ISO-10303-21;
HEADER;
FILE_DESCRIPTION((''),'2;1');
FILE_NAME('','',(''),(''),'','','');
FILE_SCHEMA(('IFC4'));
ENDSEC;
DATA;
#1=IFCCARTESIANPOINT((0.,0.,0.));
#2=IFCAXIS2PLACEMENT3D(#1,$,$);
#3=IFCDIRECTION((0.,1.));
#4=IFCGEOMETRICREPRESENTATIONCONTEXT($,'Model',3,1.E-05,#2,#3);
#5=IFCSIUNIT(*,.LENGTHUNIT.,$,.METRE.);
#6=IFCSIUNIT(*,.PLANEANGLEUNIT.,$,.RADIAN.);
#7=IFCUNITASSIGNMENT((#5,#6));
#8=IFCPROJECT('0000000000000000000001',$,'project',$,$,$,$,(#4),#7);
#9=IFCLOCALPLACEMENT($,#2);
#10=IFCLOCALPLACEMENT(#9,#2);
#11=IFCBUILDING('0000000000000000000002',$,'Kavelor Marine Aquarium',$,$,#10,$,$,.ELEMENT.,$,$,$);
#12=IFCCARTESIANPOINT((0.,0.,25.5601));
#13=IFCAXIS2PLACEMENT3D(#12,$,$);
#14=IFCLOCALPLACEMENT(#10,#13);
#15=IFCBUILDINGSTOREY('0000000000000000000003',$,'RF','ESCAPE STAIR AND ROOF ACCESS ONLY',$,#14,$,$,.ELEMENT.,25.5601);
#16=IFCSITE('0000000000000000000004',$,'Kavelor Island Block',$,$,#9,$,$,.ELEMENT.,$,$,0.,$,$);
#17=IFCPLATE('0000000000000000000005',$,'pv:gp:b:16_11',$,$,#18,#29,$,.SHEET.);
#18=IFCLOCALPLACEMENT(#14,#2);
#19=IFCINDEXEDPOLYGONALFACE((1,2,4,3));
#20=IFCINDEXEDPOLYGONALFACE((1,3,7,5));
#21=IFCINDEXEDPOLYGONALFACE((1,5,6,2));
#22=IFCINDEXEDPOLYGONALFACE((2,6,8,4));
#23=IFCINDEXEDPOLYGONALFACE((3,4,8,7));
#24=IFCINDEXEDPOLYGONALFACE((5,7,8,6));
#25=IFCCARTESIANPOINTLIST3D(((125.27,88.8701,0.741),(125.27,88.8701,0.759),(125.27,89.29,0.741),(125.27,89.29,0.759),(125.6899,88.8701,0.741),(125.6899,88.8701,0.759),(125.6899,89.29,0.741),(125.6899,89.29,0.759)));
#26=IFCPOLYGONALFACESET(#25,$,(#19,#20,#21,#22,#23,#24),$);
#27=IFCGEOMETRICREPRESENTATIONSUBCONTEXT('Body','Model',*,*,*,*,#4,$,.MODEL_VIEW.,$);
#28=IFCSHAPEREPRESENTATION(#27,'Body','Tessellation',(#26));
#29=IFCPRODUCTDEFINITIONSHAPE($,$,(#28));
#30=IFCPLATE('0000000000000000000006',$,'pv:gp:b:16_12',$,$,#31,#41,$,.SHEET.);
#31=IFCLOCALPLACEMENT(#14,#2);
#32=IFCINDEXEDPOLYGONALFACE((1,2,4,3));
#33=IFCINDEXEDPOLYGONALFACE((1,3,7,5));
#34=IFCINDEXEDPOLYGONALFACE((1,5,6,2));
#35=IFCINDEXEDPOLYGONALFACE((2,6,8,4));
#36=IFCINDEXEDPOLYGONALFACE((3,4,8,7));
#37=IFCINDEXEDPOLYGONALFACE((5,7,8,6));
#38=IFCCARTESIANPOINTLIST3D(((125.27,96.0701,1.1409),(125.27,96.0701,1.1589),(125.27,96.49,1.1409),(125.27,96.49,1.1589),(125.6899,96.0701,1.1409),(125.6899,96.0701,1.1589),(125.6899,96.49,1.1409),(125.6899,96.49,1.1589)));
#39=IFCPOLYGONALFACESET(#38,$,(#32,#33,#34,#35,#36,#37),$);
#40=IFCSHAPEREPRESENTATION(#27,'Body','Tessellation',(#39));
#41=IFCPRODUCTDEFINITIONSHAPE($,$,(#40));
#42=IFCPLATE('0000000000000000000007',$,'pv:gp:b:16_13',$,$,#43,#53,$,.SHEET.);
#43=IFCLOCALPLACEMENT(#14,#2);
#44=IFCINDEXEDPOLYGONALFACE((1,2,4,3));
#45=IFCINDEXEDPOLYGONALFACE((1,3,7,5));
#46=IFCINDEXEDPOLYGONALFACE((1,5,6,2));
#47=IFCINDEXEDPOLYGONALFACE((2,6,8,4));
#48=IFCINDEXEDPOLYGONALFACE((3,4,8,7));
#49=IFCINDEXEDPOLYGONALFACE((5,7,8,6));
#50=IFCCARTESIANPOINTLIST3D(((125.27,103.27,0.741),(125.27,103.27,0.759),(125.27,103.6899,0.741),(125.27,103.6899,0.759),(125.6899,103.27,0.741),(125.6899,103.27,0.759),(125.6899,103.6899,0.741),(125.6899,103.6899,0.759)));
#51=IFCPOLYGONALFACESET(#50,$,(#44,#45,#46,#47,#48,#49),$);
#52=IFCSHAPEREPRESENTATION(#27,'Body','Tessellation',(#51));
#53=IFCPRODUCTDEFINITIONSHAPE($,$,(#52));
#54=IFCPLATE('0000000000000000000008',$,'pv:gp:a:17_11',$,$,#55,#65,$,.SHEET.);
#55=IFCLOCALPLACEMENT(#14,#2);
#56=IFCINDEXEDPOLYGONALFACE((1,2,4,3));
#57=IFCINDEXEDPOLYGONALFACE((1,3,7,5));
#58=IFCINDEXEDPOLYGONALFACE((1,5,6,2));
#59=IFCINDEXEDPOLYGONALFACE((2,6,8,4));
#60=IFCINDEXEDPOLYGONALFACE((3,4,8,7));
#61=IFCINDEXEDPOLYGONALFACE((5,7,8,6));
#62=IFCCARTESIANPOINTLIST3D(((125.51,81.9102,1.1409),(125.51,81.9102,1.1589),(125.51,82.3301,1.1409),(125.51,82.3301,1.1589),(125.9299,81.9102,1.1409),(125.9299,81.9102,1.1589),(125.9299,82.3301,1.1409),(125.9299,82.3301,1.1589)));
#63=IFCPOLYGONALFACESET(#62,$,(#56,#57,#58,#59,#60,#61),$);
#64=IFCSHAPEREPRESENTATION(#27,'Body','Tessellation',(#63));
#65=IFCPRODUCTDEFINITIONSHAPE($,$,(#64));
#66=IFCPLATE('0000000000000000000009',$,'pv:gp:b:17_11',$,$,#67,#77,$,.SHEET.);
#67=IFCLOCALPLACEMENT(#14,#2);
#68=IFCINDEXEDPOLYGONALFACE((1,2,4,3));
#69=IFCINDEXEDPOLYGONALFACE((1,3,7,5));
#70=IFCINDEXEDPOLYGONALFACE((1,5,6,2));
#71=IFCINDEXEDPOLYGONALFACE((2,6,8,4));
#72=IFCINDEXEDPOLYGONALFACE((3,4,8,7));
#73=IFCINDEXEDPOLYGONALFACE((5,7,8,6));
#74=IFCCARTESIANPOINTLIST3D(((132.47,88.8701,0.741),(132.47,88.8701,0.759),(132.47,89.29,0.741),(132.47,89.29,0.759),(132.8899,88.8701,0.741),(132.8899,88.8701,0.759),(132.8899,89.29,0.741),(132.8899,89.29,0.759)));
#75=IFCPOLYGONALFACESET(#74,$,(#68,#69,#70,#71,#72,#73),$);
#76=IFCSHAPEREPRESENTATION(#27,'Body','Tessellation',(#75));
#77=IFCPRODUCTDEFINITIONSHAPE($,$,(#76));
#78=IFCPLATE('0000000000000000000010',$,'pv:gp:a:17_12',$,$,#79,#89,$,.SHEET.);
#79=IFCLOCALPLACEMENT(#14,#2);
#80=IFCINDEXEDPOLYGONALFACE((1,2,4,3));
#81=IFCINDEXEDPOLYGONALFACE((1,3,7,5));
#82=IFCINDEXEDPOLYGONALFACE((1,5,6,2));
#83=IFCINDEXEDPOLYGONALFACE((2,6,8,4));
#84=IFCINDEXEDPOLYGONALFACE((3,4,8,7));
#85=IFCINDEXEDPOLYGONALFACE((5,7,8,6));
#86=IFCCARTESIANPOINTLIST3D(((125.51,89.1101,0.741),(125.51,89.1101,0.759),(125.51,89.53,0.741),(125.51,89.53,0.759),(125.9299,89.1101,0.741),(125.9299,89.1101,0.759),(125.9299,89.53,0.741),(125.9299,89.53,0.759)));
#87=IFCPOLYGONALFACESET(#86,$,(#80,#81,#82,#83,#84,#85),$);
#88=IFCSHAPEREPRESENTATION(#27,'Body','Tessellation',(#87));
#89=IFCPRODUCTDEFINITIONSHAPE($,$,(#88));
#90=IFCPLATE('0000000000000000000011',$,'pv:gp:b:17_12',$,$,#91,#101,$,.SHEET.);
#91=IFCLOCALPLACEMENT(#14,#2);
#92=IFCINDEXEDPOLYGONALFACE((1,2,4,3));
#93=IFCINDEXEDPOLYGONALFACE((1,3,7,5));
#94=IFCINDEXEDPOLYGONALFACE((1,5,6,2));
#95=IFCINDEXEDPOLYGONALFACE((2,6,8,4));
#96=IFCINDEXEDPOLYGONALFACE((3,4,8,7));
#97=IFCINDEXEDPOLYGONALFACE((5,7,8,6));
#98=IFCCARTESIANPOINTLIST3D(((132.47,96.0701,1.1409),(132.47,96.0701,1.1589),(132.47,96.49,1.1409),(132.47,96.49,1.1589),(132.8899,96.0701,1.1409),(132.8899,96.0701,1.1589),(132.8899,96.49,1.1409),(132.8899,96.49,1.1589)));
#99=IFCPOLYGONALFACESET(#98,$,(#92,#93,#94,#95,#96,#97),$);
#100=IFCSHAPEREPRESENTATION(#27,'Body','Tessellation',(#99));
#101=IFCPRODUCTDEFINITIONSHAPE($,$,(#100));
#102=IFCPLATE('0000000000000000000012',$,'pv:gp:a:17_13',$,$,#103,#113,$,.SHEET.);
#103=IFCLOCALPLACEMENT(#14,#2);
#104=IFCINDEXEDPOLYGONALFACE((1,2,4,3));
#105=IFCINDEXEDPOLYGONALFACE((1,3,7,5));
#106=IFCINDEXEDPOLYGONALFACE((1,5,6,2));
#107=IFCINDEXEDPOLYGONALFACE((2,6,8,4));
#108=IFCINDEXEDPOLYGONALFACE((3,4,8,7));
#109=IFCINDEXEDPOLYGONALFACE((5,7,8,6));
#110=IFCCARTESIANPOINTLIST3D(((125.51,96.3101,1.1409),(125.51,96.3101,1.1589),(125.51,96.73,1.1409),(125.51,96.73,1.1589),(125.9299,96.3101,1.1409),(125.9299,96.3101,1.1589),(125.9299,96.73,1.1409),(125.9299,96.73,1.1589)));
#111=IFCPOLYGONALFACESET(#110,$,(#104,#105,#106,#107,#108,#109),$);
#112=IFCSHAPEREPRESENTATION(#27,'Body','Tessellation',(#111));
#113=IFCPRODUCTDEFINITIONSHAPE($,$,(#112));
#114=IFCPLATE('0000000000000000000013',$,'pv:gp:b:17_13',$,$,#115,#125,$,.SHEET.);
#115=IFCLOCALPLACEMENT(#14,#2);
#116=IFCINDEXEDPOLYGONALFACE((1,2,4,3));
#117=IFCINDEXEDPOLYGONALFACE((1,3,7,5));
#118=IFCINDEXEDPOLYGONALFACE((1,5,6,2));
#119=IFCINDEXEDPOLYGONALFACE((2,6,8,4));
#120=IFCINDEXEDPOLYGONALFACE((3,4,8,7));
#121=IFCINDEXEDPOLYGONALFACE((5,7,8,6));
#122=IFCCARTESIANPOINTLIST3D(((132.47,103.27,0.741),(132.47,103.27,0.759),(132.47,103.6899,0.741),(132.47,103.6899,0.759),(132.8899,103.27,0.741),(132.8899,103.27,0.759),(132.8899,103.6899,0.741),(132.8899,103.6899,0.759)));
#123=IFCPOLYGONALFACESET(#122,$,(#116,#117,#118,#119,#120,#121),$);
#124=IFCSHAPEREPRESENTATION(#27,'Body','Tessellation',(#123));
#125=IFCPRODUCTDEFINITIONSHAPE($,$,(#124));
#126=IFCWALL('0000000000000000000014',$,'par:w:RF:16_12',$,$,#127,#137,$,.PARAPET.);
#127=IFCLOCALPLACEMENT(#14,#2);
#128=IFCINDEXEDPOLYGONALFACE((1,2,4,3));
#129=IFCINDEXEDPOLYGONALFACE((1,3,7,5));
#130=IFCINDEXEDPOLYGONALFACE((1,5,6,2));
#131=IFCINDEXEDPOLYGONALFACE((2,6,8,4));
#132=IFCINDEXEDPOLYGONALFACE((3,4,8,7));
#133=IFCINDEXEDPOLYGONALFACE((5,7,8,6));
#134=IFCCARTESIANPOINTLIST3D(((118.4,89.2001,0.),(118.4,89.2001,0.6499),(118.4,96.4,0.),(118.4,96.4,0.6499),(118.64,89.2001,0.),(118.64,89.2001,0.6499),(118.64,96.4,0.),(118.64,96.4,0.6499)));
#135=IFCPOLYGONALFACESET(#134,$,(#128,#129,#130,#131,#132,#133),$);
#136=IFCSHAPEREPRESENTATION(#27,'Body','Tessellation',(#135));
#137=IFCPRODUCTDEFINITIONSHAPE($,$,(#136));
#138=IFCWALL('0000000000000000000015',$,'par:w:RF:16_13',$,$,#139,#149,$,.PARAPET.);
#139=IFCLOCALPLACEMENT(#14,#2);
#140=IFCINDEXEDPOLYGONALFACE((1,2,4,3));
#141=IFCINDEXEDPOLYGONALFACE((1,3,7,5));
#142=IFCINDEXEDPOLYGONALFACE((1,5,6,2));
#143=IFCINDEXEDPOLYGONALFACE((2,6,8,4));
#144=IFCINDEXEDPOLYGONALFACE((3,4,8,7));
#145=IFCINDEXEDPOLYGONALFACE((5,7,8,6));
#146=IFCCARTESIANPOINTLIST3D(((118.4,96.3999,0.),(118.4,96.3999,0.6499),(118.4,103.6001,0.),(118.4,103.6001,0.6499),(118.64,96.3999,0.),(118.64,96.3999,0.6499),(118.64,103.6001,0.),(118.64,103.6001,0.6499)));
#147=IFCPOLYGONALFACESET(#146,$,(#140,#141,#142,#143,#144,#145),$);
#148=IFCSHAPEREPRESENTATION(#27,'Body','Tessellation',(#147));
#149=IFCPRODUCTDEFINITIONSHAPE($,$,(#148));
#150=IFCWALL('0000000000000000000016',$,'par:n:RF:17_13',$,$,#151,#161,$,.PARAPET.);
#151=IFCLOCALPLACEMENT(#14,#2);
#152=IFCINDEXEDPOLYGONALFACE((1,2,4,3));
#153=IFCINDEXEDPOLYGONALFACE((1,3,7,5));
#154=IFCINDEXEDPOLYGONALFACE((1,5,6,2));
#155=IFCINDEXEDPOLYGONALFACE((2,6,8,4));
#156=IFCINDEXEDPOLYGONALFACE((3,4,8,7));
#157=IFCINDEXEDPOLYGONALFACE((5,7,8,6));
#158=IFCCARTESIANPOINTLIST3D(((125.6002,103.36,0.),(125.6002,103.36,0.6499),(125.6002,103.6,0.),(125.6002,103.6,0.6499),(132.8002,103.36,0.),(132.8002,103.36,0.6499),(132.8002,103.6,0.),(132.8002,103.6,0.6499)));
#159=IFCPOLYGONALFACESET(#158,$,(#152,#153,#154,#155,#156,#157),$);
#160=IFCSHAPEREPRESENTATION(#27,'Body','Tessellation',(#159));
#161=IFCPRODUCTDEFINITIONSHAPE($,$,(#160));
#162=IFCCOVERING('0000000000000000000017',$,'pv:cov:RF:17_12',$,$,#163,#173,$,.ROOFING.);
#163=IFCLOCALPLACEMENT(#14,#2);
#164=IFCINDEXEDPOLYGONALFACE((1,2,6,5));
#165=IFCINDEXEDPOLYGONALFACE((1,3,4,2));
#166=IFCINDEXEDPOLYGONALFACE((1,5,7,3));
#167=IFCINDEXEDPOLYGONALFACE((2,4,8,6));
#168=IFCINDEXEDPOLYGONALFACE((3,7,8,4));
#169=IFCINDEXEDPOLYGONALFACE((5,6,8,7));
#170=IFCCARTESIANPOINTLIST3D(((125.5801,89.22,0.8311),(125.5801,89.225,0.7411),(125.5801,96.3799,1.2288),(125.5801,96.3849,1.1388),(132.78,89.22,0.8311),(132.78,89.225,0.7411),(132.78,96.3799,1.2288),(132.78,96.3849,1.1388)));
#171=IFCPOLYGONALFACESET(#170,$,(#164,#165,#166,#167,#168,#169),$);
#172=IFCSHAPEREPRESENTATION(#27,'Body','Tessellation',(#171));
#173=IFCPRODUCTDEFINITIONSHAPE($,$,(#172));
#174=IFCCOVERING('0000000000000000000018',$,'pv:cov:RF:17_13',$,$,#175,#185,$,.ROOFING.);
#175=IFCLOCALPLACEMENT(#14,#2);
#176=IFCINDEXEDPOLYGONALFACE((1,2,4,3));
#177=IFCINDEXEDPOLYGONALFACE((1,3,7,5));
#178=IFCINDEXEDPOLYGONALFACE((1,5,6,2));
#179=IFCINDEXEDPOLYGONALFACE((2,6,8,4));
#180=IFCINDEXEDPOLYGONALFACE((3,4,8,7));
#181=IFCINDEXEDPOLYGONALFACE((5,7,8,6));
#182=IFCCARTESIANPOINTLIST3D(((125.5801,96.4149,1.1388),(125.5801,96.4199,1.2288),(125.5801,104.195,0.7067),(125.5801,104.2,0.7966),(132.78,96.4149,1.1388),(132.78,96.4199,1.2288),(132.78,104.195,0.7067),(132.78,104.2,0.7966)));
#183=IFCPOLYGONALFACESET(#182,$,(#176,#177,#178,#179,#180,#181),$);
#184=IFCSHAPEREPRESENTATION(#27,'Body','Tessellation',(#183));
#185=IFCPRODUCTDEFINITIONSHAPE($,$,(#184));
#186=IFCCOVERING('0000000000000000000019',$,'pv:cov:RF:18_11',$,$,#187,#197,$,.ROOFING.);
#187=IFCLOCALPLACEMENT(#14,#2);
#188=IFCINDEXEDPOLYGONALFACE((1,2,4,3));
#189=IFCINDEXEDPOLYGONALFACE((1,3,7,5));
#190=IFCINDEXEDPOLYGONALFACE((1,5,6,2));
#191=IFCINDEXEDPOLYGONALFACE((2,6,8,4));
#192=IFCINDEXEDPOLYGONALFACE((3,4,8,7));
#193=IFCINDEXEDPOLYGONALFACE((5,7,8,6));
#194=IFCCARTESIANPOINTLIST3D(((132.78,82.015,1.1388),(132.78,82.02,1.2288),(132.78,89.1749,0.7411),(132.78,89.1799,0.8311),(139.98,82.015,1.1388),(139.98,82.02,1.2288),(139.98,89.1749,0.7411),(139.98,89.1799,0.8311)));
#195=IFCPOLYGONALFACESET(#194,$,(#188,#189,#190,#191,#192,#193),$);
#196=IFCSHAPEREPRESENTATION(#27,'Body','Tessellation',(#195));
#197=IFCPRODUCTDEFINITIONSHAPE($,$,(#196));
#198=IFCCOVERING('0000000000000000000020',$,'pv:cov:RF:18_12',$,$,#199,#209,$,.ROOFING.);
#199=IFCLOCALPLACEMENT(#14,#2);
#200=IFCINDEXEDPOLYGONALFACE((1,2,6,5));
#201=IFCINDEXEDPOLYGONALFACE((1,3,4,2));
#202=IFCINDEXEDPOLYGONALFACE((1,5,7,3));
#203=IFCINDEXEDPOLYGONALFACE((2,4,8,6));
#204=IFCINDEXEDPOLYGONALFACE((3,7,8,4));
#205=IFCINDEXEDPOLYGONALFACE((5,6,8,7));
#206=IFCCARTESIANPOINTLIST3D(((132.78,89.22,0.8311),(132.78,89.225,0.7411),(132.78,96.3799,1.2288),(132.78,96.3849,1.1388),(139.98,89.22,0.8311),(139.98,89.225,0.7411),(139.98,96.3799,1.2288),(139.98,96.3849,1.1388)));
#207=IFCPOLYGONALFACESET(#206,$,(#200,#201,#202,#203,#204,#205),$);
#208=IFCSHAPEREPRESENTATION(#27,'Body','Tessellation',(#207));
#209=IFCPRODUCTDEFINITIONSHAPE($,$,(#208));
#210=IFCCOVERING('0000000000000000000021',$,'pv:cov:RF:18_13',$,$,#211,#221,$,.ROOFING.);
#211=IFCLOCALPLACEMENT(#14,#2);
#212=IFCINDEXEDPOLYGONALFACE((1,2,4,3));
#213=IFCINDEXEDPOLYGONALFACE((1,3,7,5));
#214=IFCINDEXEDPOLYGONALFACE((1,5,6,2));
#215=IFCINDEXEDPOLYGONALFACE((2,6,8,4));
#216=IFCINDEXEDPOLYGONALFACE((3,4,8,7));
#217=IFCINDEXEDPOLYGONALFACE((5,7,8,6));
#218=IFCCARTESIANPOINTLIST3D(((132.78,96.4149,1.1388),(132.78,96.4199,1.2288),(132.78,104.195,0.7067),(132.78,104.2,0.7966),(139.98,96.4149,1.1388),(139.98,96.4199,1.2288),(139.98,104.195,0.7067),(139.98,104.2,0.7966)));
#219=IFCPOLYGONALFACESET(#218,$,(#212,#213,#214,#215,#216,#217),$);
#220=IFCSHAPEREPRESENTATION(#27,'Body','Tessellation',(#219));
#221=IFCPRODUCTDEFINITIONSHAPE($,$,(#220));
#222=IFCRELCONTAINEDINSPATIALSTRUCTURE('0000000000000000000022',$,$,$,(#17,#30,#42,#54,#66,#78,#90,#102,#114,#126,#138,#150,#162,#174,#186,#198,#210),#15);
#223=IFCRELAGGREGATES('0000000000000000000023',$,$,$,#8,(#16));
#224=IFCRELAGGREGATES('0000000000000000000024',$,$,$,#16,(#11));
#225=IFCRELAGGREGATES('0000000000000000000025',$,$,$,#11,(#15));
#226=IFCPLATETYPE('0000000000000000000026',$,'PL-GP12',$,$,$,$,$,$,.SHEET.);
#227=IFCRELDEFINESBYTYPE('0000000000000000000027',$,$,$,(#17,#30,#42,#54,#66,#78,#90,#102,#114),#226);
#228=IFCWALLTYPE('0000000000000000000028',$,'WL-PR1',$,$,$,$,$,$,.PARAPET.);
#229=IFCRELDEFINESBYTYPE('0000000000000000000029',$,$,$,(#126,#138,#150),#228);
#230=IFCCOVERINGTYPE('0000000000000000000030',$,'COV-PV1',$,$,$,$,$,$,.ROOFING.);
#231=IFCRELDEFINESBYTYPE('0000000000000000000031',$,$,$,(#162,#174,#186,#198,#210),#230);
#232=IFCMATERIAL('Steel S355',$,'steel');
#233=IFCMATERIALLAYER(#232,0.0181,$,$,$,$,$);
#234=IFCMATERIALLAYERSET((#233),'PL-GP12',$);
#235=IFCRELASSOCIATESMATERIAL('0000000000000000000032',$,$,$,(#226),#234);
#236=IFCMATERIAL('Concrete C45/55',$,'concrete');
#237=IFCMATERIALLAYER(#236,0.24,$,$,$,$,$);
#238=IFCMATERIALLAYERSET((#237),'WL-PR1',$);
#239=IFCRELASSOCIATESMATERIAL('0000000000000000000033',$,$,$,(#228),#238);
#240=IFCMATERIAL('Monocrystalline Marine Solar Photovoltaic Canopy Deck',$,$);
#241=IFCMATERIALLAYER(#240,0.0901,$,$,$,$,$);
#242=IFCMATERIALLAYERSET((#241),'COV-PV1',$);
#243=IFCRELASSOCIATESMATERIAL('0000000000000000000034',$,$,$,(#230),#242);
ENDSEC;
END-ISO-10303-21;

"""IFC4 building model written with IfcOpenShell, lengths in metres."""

from ifc_helpers import new_model, si_unit, direction, frame, frame_2d, origin, origin_2d, place, context, subcontext, project, spatial, polyline, rectangle, outline, extrude, material, layer, layer_set, type_object, element, save


model = new_model("IFC4")

# Units and contexts
model_context = context("Model", 3, precision=1e-05, world=origin(), true_north=direction((0.0, 1.0)))
body_context = subcontext(model_context, "Body", "Model", "MODEL_VIEW")
ifc_project = project(units=[si_unit("LENGTHUNIT", "METRE"), si_unit("PLANEANGLEUNIT", "RADIAN")], contexts=[model_context])

# Site, building, storey
site_placement = place(None, origin())
site = spatial("IfcSite", under=ifc_project, at=site_placement, Name="Kavelor Island Block", CompositionType="ELEMENT", RefElevation=0.0)
building_placement = place(site_placement, origin())
building = spatial("IfcBuilding", under=site, at=building_placement, Name="Kavelor Marine Aquarium", CompositionType="ELEMENT")
storey_placement = place(building_placement, frame((0.0, 0.0, 25.5601)))
storey = spatial("IfcBuildingStorey", under=building, at=storey_placement, Name="RF", Description="ESCAPE STAIR AND ROOF ACCESS ONLY", CompositionType="ELEMENT", Elevation=25.5601)

# Plates
ifc_material_1 = material(Name="Steel S355", Category="steel")
ifc_layer_1 = layer(ifc_material_1, 0.0181)
ifc_layer_set_1 = layer_set([ifc_layer_1], Name="PL-GP12")
plate_type = type_object("IfcPlateType", Name="PL-GP12", PredefinedType="SHEET", material=ifc_layer_set_1)
for number, where, z_axis, x_axis, name in (
    (1, (125.48, 89.0801, 0.741), (0.0, 0.0, 1.0), (1.0, 0.0, 0.0), "pv:gp:b:16_11"),
    (2, (125.48, 96.28, 1.1409), (0.0, 0.0, 1.0), (1.0, 0.0, 0.0), "pv:gp:b:16_12"),
    (3, (125.48, 103.48, 0.741), (0.0, 0.0, 1.0), (1.0, 0.0, 0.0), "pv:gp:b:16_13"),
    (4, (125.72, 82.1201, 1.1409), (0.0, 0.0, 1.0), (1.0, 0.0, 0.0), "pv:gp:a:17_11"),
    (5, (132.6799, 89.0801, 0.741), (0.0, 0.0, 1.0), (1.0, 0.0, 0.0), "pv:gp:b:17_11"),
    (6, (125.72, 89.3201, 0.741), (0.0, 0.0, 1.0), (1.0, 0.0, 0.0), "pv:gp:a:17_12"),
    (7, (132.6799, 96.28, 1.1409), (0.0, 0.0, 1.0), (1.0, 0.0, 0.0), "pv:gp:b:17_12"),
    (8, (125.72, 96.52, 1.1409), (0.0, 0.0, 1.0), (1.0, 0.0, 0.0), "pv:gp:a:17_13"),
    (9, (132.6799, 103.48, 0.741), (0.0, 0.0, 1.0), (1.0, 0.0, 0.0), "pv:gp:b:17_13"),
):
    element("IfcPlate", number, at=place(storey_placement, frame(where, z_axis=z_axis, x_axis=x_axis)), inside=storey, type_object=plate_type, Name=name, PredefinedType="SHEET", context=body_context, shape_type="SweptSolid", body=[
        extrude(rectangle(XDim=0.4199, YDim=0.4199, at=origin_2d()), origin(), (0.0, 0.0, 1.0), 0.0181),
    ])

# Walls
ifc_material_2 = material(Name="Concrete C45/55", Category="concrete")
ifc_layer_2 = layer(ifc_material_2, 0.24)
ifc_layer_set_2 = layer_set([ifc_layer_2], Name="WL-PR1")
wall_type = type_object("IfcWallType", Name="WL-PR1", PredefinedType="PARAPET", material=ifc_layer_set_2)
wall_1_placement = place(storey_placement, frame((118.52, 89.2, 0.0), z_axis=(0.0, 0.0, 1.0), x_axis=(0.0, 1.0, 0.0)))
element("IfcWall", 10, at=wall_1_placement, inside=storey, type_object=wall_type, Name="par:w:RF:16_12", PredefinedType="PARAPET", context=body_context, shape_type="SweptSolid", body=[
    extrude(rectangle(XDim=7.2, YDim=0.24, at=frame_2d((3.6001, 0.0))), origin(), (0.0, 0.0, 1.0), 0.6499),
])
wall_2_placement = place(storey_placement, frame((118.52, 96.3999, 0.0), z_axis=(0.0, 0.0, 1.0), x_axis=(0.0, 1.0, 0.0)))
element("IfcWall", 11, at=wall_2_placement, inside=storey, type_object=wall_type, Name="par:w:RF:16_13", PredefinedType="PARAPET", context=body_context, shape_type="SweptSolid", body=[
    extrude(rectangle(XDim=7.2002, YDim=0.24, at=frame_2d((3.6001, 0.0))), origin(), (0.0, 0.0, 1.0), 0.6499),
])
wall_3_placement = place(storey_placement, frame((125.6001, 103.48, 0.0), z_axis=(0.0, 0.0, 1.0), x_axis=(1.0, 0.0, 0.0)))
element("IfcWall", 12, at=wall_3_placement, inside=storey, type_object=wall_type, Name="par:n:RF:17_13", PredefinedType="PARAPET", context=body_context, shape_type="SweptSolid", body=[
    extrude(rectangle(XDim=7.2, YDim=0.24, at=frame_2d((3.6001, 0.0))), origin(), (0.0, 0.0, 1.0), 0.6499),
])

# Coverings
ifc_material_3 = material(Name="Monocrystalline Marine Solar Photovoltaic Canopy Deck")
ifc_layer_3 = layer(ifc_material_3, 0.0901)
ifc_layer_set_3 = layer_set([ifc_layer_3], Name="COV-PV1")
covering_type = type_object("IfcCoveringType", Name="COV-PV1", PredefinedType="ROOFING", material=ifc_layer_set_3)
covering_1_placement = place(storey_placement, frame((125.5801, 89.22, 0.8311), z_axis=(0.0, -0.055461, 0.998461), x_axis=(1.0, 0.0, 0.0)))
element("IfcCovering", 13, at=covering_1_placement, inside=storey, type_object=covering_type, Name="pv:cov:RF:17_12", PredefinedType="ROOFING", context=body_context, shape_type="SweptSolid", body=[
    extrude(outline(polyline([(0.0, 0.0), (7.2, 0.0), (7.2, 7.1709), (0.0, 7.1709), (0.0, 0.0)])), origin(), (0.0, 0.0, -1.0), 0.0901),
])
covering_2_placement = place(storey_placement, frame((125.5801, 96.4199, 1.2288), z_axis=(0.0, 0.055458, 0.998461), x_axis=(1.0, 0.0, 0.0)))
element("IfcCovering", 14, at=covering_2_placement, inside=storey, type_object=covering_type, Name="pv:cov:RF:17_13", PredefinedType="ROOFING", context=body_context, shape_type="SweptSolid", body=[
    extrude(outline(polyline([(0.0, 0.0), (7.2, 0.0), (7.2, 7.792), (0.0, 7.792), (0.0, 0.0)])), origin(), (0.0, 0.0, -1.0), 0.0901),
])
for number, where, z_axis, x_axis, name in (
    (15, (132.78, 82.02, 1.2288), (0.0, 0.055461, 0.998461), (1.0, 0.0, 0.0), "pv:cov:RF:18_11"),
    (16, (132.78, 89.22, 0.8311), (0.0, -0.055461, 0.998461), (1.0, 0.0, 0.0), "pv:cov:RF:18_12"),
):
    element("IfcCovering", number, at=place(storey_placement, frame(where, z_axis=z_axis, x_axis=x_axis)), inside=storey, type_object=covering_type, Name=name, PredefinedType="ROOFING", context=body_context, shape_type="SweptSolid", body=[
        extrude(outline(polyline([(0.0, 0.0), (7.2, 0.0), (7.2, 7.1709), (0.0, 7.1709), (0.0, 0.0)])), origin(), (0.0, 0.0, -1.0), 0.0901),
    ])
covering_3_placement = place(storey_placement, frame((132.78, 96.4199, 1.2288), z_axis=(0.0, 0.055458, 0.998461), x_axis=(1.0, 0.0, 0.0)))
element("IfcCovering", 17, at=covering_3_placement, inside=storey, type_object=covering_type, Name="pv:cov:RF:18_13", PredefinedType="ROOFING", context=body_context, shape_type="SweptSolid", body=[
    extrude(outline(polyline([(0.0, 0.0), (7.2, 0.0), (7.2, 7.792), (0.0, 7.792), (0.0, 0.0)])), origin(), (0.0, 0.0, -1.0), 0.0901),
])

save(model, "model.ifc")
